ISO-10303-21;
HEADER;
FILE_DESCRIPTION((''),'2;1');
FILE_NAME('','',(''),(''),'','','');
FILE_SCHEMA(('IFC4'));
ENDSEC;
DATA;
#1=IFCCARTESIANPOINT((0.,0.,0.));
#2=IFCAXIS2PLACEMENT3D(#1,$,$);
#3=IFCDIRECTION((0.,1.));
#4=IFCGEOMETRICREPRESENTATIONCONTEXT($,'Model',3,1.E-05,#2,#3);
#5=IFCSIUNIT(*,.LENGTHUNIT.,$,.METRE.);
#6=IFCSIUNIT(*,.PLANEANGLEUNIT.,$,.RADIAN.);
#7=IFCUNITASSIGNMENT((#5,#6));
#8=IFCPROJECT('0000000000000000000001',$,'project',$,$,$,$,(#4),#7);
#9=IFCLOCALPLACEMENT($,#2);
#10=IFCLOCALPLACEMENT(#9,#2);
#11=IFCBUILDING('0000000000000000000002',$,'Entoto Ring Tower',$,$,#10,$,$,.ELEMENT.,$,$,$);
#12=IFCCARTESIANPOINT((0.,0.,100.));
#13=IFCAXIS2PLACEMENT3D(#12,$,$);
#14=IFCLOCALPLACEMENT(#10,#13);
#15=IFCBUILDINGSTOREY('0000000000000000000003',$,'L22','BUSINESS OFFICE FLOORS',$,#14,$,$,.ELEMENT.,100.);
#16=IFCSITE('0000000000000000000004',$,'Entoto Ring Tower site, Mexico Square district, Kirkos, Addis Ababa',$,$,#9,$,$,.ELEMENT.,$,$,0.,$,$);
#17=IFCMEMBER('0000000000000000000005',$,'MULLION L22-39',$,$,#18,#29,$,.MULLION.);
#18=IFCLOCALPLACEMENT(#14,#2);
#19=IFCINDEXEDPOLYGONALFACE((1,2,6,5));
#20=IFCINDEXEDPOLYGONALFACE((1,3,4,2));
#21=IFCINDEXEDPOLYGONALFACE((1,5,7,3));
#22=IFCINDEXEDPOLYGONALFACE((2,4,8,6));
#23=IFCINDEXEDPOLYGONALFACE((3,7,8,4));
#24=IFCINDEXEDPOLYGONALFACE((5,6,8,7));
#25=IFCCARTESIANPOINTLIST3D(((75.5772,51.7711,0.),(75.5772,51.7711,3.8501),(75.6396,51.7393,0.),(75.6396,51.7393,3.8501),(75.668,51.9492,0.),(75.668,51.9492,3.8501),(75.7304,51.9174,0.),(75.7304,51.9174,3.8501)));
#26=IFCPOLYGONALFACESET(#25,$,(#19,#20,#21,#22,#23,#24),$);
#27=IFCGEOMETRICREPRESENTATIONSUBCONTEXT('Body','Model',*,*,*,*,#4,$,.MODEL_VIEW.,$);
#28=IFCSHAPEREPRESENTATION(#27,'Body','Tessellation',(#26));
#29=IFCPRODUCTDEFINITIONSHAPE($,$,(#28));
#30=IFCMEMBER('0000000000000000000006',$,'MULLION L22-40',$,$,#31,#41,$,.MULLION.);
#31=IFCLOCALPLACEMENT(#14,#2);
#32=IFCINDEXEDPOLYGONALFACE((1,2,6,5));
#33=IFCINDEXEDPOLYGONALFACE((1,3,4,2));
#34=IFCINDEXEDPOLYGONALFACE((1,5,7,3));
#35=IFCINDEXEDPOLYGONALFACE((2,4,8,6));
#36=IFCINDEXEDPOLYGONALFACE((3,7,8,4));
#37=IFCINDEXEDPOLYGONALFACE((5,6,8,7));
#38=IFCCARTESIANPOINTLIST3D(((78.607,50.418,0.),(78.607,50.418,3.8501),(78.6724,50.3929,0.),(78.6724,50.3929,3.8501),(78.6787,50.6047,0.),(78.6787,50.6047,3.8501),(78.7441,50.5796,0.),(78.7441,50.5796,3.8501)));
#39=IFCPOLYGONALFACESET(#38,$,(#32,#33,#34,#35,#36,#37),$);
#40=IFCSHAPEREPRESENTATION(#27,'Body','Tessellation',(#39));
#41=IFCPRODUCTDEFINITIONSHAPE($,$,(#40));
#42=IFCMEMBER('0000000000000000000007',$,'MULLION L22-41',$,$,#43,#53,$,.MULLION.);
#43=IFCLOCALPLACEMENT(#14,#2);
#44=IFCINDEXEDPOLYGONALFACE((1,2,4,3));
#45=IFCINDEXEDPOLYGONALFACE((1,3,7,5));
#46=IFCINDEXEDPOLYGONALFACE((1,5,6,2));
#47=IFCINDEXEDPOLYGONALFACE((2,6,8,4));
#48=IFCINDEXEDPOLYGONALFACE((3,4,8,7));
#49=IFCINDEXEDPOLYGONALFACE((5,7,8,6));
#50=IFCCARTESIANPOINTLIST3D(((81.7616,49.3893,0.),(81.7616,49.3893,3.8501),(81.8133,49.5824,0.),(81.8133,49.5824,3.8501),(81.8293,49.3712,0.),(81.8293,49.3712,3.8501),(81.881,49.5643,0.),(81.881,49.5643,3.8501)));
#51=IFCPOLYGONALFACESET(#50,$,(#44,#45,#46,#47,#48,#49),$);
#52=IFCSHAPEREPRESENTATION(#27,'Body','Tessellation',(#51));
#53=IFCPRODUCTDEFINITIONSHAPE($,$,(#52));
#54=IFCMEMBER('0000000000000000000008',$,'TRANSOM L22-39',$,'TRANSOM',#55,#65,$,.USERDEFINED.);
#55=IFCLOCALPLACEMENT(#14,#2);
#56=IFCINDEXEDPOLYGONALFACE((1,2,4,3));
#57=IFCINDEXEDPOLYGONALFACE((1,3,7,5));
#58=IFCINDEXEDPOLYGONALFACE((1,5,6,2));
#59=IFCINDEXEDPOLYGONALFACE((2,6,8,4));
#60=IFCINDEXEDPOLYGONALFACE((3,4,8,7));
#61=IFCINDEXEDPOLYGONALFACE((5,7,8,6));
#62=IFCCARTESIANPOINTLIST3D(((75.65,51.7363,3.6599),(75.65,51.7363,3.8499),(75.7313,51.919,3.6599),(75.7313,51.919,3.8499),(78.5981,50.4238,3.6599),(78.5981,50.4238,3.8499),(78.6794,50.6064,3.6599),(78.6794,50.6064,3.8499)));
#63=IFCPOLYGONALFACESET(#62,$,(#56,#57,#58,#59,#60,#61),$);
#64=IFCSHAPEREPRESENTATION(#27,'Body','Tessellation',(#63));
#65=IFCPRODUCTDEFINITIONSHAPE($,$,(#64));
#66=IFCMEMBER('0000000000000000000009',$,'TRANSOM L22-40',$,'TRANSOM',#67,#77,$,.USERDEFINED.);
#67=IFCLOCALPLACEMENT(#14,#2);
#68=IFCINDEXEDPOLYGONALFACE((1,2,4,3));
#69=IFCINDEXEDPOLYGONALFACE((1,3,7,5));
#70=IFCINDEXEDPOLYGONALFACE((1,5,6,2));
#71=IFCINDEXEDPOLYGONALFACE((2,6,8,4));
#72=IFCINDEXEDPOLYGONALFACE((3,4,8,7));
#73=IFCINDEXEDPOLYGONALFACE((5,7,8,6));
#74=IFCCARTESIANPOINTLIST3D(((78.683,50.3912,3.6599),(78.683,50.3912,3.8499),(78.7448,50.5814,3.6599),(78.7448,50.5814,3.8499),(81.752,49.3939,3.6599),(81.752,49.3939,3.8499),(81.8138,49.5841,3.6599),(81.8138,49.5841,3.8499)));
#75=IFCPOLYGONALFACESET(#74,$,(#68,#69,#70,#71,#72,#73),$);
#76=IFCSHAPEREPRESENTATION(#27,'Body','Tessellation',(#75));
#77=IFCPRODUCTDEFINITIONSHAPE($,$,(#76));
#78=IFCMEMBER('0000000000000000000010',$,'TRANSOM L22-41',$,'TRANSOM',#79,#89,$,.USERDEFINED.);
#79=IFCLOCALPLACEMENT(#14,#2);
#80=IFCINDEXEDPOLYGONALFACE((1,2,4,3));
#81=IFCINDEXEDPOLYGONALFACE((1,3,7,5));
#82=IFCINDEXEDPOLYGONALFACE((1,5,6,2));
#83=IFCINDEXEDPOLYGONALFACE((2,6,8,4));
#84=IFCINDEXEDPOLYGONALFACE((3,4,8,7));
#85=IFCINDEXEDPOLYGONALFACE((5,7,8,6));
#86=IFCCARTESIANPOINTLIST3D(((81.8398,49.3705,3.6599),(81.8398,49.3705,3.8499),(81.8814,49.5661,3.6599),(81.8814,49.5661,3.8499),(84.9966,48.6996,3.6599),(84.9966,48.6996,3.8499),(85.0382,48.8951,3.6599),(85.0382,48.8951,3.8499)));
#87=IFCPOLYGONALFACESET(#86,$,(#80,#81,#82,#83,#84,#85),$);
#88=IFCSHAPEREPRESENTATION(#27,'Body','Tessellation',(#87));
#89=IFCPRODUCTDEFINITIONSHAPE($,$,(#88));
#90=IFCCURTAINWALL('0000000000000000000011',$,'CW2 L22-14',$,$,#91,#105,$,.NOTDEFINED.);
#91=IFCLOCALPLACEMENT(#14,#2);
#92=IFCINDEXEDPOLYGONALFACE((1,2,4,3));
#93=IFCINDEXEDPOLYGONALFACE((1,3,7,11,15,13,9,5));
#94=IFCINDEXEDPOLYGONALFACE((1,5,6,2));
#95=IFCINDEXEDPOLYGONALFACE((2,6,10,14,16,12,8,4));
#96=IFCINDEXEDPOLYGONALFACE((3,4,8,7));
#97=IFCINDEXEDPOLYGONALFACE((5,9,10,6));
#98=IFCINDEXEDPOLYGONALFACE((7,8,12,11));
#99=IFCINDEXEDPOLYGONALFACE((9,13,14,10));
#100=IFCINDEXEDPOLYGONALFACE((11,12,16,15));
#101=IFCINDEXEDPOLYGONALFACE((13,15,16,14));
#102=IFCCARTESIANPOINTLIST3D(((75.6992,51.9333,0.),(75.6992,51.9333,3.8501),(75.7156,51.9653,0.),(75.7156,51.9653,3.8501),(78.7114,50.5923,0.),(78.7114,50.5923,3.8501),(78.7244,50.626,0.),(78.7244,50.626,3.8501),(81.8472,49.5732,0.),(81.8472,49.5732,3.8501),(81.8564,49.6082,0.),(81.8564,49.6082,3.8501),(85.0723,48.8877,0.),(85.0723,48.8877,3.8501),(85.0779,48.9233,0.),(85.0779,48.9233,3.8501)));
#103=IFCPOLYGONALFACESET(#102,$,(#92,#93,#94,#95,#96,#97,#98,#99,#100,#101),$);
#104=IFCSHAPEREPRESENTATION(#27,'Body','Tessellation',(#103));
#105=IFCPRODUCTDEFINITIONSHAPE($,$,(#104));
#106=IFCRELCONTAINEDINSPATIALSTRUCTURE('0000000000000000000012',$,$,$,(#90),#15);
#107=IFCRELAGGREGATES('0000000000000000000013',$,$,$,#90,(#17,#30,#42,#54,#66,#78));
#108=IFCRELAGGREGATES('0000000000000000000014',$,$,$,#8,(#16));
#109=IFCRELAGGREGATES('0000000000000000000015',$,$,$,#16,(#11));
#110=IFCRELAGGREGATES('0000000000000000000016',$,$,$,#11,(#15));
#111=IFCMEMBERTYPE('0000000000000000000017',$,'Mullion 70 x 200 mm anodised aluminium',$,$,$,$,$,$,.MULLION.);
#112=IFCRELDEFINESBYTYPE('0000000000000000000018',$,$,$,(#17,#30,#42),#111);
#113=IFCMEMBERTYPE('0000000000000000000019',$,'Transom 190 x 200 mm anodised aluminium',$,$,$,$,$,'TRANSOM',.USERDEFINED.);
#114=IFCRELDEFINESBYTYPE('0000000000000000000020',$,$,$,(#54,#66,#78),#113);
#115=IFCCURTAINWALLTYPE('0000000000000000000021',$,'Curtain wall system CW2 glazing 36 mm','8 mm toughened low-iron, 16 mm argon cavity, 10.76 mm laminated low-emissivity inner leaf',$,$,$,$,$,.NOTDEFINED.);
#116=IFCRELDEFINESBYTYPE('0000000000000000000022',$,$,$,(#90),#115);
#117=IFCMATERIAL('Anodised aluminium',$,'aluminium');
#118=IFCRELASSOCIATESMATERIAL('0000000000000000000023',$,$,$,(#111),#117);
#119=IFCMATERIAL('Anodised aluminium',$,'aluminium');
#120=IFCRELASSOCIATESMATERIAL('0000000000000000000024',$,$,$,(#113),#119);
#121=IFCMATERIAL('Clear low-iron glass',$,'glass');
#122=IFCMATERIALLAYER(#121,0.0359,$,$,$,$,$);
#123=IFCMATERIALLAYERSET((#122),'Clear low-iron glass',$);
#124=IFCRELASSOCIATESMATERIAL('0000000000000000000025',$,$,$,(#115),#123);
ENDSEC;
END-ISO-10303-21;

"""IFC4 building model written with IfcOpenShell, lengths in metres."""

from ifc_helpers import new_model, si_unit, direction, frame, origin, origin_2d, place, context, subcontext, project, spatial, polyline, rectangle, outline, extrude, material, layer, layer_set, material_profile, profile_set, type_object, element, aggregate, save


model = new_model("IFC4")

# Units and contexts
model_context = context("Model", 3, precision=1e-05, world=origin(), true_north=direction((0.0, 1.0)))
body_context = subcontext(model_context, "Body", "Model", "MODEL_VIEW")
ifc_project = project(units=[si_unit("LENGTHUNIT", "METRE"), si_unit("PLANEANGLEUNIT", "RADIAN")], contexts=[model_context])

# Members
ifc_material_1 = material(Name="Anodised aluminium", Category="aluminium")
ifc_material_profile_1 = material_profile(ifc_material_1, rectangle(XDim=0.0701, YDim=0.2, at=origin_2d()), Name="Mullion 70 x 200 mm anodised aluminium")
ifc_profile_set_1 = profile_set([ifc_material_profile_1], Name="Anodised aluminium")
member_type_1 = type_object("IfcMemberType", Name="Mullion 70 x 200 mm anodised aluminium", PredefinedType="MULLION", material=ifc_profile_set_1)
site_placement = place(None, origin())
building_placement = place(site_placement, origin())
storey_placement = place(building_placement, frame((0.0, 0.0, 100.0)))
member_1_placement = place(storey_placement, frame((75.6538, 51.8442, 0.0), z_axis=(0.0, 0.0, 1.0), x_axis=(0.891007, -0.45399, 0.0)))
member_1 = element("IfcMember", 1, at=member_1_placement, type_object=member_type_1, Name="MULLION L22-39", PredefinedType="MULLION", context=body_context, shape_type="SweptSolid", body=[
    extrude(rectangle(XDim=0.0701, YDim=0.2, at=origin_2d()), origin(), (0.0, 0.0, 1.0), 3.8501),
])
member_2_placement = place(storey_placement, frame((78.6755, 50.4988, 0.0), z_axis=(0.0, 0.0, 1.0), x_axis=(0.93358, -0.358368, 0.0)))
member_2 = element("IfcMember", 2, at=member_2_placement, type_object=member_type_1, Name="MULLION L22-40", PredefinedType="MULLION", context=body_context, shape_type="SweptSolid", body=[
    extrude(rectangle(XDim=0.0701, YDim=0.2, at=origin_2d()), origin(), (0.0, 0.0, 1.0), 3.8501),
])
member_3_placement = place(storey_placement, frame((81.8213, 49.4768, 0.0), z_axis=(0.0, 0.0, 1.0), x_axis=(0.965926, -0.258819, 0.0)))
member_3 = element("IfcMember", 3, at=member_3_placement, type_object=member_type_1, Name="MULLION L22-41", PredefinedType="MULLION", context=body_context, shape_type="SweptSolid", body=[
    extrude(rectangle(XDim=0.0701, YDim=0.2, at=origin_2d()), origin(), (0.0, 0.0, 1.0), 3.8501),
])
ifc_material_2 = material(Name="Anodised aluminium", Category="aluminium")
ifc_material_profile_2 = material_profile(ifc_material_2, rectangle(XDim=0.2, YDim=0.1899, at=origin_2d()), Name="Transom 190 x 200 mm anodised aluminium")
ifc_profile_set_2 = profile_set([ifc_material_profile_2], Name="Anodised aluminium")
member_type_2 = type_object("IfcMemberType", Name="Transom 190 x 200 mm anodised aluminium", ElementType="TRANSOM", PredefinedType="USERDEFINED", material=ifc_profile_set_2)
member_4_placement = place(storey_placement, frame((75.6907, 51.8276, 3.7549), z_axis=(0.913549, -0.406728, 0.0), x_axis=(0.406728, 0.913549, 0.0)))
member_4 = element("IfcMember", 4, at=member_4_placement, type_object=member_type_2, Name="TRANSOM L22-39", ObjectType="TRANSOM", PredefinedType="USERDEFINED", context=body_context, shape_type="SweptSolid", body=[
    extrude(rectangle(XDim=0.2, YDim=0.1899, at=origin_2d()), origin(), (0.0, 0.0, 1.0), 3.2271),
])
member_5_placement = place(storey_placement, frame((78.7139, 50.4863, 3.7549), z_axis=(0.951047, -0.309047, 0.0), x_axis=(0.309047, 0.951047, 0.0)))
member_5 = element("IfcMember", 5, at=member_5_placement, type_object=member_type_2, Name="TRANSOM L22-40", ObjectType="TRANSOM", PredefinedType="USERDEFINED", context=body_context, shape_type="SweptSolid", body=[
    extrude(rectangle(XDim=0.2, YDim=0.1899, at=origin_2d()), origin(), (0.0, 0.0, 1.0), 3.2271),
])
member_6_placement = place(storey_placement, frame((81.8606, 49.4683, 3.7549), z_axis=(0.978153, -0.207886, 0.0), x_axis=(0.207886, 0.978153, 0.0)))
member_6 = element("IfcMember", 6, at=member_6_placement, type_object=member_type_2, Name="TRANSOM L22-41", ObjectType="TRANSOM", PredefinedType="USERDEFINED", context=body_context, shape_type="SweptSolid", body=[
    extrude(rectangle(XDim=0.2, YDim=0.1899, at=origin_2d()), origin(), (0.0, 0.0, 1.0), 3.2273),
])

# Site, building, storey
site = spatial("IfcSite", under=ifc_project, at=site_placement, Name="Entoto Ring Tower site, Mexico Square district, Kirkos, Addis Ababa", CompositionType="ELEMENT", RefElevation=0.0)
building = spatial("IfcBuilding", under=site, at=building_placement, Name="Entoto Ring Tower", CompositionType="ELEMENT")
storey = spatial("IfcBuildingStorey", under=building, at=storey_placement, Name="L22", Description="BUSINESS OFFICE FLOORS", CompositionType="ELEMENT", Elevation=100.0)

# Curtain wall
ifc_material_3 = material(Name="Clear low-iron glass", Category="glass")
ifc_layer = layer(ifc_material_3, 0.0359)
ifc_layer_set = layer_set([ifc_layer], Name="Clear low-iron glass")
curtain_wall_type = type_object("IfcCurtainWallType", Name="Curtain wall system CW2 glazing 36 mm", Description="8 mm toughened low-iron, 16 mm argon cavity, 10.76 mm laminated low-emissivity inner leaf", PredefinedType="NOTDEFINED", material=ifc_layer_set)
curtain_wall_1_placement = place(storey_placement, origin())
curtain_wall_1 = element("IfcCurtainWall", 7, at=curtain_wall_1_placement, inside=storey, type_object=curtain_wall_type, Name="CW2 L22-14", PredefinedType="NOTDEFINED", context=body_context, shape_type="SweptSolid", body=[
    extrude(outline(polyline([(75.6992, 51.9333), (78.7114, 50.5923), (81.8472, 49.5732), (85.0723, 48.8877), (85.0779, 48.9233), (81.8564, 49.6082), (78.7244, 50.626), (75.7156, 51.9653), (75.6992, 51.9333)])), origin(), (0.0, 0.0, 1.0), 3.8501),
])
aggregate(curtain_wall_1, [member_1, member_2, member_3, member_4, member_5, member_6])

save(model, "model.ifc")
